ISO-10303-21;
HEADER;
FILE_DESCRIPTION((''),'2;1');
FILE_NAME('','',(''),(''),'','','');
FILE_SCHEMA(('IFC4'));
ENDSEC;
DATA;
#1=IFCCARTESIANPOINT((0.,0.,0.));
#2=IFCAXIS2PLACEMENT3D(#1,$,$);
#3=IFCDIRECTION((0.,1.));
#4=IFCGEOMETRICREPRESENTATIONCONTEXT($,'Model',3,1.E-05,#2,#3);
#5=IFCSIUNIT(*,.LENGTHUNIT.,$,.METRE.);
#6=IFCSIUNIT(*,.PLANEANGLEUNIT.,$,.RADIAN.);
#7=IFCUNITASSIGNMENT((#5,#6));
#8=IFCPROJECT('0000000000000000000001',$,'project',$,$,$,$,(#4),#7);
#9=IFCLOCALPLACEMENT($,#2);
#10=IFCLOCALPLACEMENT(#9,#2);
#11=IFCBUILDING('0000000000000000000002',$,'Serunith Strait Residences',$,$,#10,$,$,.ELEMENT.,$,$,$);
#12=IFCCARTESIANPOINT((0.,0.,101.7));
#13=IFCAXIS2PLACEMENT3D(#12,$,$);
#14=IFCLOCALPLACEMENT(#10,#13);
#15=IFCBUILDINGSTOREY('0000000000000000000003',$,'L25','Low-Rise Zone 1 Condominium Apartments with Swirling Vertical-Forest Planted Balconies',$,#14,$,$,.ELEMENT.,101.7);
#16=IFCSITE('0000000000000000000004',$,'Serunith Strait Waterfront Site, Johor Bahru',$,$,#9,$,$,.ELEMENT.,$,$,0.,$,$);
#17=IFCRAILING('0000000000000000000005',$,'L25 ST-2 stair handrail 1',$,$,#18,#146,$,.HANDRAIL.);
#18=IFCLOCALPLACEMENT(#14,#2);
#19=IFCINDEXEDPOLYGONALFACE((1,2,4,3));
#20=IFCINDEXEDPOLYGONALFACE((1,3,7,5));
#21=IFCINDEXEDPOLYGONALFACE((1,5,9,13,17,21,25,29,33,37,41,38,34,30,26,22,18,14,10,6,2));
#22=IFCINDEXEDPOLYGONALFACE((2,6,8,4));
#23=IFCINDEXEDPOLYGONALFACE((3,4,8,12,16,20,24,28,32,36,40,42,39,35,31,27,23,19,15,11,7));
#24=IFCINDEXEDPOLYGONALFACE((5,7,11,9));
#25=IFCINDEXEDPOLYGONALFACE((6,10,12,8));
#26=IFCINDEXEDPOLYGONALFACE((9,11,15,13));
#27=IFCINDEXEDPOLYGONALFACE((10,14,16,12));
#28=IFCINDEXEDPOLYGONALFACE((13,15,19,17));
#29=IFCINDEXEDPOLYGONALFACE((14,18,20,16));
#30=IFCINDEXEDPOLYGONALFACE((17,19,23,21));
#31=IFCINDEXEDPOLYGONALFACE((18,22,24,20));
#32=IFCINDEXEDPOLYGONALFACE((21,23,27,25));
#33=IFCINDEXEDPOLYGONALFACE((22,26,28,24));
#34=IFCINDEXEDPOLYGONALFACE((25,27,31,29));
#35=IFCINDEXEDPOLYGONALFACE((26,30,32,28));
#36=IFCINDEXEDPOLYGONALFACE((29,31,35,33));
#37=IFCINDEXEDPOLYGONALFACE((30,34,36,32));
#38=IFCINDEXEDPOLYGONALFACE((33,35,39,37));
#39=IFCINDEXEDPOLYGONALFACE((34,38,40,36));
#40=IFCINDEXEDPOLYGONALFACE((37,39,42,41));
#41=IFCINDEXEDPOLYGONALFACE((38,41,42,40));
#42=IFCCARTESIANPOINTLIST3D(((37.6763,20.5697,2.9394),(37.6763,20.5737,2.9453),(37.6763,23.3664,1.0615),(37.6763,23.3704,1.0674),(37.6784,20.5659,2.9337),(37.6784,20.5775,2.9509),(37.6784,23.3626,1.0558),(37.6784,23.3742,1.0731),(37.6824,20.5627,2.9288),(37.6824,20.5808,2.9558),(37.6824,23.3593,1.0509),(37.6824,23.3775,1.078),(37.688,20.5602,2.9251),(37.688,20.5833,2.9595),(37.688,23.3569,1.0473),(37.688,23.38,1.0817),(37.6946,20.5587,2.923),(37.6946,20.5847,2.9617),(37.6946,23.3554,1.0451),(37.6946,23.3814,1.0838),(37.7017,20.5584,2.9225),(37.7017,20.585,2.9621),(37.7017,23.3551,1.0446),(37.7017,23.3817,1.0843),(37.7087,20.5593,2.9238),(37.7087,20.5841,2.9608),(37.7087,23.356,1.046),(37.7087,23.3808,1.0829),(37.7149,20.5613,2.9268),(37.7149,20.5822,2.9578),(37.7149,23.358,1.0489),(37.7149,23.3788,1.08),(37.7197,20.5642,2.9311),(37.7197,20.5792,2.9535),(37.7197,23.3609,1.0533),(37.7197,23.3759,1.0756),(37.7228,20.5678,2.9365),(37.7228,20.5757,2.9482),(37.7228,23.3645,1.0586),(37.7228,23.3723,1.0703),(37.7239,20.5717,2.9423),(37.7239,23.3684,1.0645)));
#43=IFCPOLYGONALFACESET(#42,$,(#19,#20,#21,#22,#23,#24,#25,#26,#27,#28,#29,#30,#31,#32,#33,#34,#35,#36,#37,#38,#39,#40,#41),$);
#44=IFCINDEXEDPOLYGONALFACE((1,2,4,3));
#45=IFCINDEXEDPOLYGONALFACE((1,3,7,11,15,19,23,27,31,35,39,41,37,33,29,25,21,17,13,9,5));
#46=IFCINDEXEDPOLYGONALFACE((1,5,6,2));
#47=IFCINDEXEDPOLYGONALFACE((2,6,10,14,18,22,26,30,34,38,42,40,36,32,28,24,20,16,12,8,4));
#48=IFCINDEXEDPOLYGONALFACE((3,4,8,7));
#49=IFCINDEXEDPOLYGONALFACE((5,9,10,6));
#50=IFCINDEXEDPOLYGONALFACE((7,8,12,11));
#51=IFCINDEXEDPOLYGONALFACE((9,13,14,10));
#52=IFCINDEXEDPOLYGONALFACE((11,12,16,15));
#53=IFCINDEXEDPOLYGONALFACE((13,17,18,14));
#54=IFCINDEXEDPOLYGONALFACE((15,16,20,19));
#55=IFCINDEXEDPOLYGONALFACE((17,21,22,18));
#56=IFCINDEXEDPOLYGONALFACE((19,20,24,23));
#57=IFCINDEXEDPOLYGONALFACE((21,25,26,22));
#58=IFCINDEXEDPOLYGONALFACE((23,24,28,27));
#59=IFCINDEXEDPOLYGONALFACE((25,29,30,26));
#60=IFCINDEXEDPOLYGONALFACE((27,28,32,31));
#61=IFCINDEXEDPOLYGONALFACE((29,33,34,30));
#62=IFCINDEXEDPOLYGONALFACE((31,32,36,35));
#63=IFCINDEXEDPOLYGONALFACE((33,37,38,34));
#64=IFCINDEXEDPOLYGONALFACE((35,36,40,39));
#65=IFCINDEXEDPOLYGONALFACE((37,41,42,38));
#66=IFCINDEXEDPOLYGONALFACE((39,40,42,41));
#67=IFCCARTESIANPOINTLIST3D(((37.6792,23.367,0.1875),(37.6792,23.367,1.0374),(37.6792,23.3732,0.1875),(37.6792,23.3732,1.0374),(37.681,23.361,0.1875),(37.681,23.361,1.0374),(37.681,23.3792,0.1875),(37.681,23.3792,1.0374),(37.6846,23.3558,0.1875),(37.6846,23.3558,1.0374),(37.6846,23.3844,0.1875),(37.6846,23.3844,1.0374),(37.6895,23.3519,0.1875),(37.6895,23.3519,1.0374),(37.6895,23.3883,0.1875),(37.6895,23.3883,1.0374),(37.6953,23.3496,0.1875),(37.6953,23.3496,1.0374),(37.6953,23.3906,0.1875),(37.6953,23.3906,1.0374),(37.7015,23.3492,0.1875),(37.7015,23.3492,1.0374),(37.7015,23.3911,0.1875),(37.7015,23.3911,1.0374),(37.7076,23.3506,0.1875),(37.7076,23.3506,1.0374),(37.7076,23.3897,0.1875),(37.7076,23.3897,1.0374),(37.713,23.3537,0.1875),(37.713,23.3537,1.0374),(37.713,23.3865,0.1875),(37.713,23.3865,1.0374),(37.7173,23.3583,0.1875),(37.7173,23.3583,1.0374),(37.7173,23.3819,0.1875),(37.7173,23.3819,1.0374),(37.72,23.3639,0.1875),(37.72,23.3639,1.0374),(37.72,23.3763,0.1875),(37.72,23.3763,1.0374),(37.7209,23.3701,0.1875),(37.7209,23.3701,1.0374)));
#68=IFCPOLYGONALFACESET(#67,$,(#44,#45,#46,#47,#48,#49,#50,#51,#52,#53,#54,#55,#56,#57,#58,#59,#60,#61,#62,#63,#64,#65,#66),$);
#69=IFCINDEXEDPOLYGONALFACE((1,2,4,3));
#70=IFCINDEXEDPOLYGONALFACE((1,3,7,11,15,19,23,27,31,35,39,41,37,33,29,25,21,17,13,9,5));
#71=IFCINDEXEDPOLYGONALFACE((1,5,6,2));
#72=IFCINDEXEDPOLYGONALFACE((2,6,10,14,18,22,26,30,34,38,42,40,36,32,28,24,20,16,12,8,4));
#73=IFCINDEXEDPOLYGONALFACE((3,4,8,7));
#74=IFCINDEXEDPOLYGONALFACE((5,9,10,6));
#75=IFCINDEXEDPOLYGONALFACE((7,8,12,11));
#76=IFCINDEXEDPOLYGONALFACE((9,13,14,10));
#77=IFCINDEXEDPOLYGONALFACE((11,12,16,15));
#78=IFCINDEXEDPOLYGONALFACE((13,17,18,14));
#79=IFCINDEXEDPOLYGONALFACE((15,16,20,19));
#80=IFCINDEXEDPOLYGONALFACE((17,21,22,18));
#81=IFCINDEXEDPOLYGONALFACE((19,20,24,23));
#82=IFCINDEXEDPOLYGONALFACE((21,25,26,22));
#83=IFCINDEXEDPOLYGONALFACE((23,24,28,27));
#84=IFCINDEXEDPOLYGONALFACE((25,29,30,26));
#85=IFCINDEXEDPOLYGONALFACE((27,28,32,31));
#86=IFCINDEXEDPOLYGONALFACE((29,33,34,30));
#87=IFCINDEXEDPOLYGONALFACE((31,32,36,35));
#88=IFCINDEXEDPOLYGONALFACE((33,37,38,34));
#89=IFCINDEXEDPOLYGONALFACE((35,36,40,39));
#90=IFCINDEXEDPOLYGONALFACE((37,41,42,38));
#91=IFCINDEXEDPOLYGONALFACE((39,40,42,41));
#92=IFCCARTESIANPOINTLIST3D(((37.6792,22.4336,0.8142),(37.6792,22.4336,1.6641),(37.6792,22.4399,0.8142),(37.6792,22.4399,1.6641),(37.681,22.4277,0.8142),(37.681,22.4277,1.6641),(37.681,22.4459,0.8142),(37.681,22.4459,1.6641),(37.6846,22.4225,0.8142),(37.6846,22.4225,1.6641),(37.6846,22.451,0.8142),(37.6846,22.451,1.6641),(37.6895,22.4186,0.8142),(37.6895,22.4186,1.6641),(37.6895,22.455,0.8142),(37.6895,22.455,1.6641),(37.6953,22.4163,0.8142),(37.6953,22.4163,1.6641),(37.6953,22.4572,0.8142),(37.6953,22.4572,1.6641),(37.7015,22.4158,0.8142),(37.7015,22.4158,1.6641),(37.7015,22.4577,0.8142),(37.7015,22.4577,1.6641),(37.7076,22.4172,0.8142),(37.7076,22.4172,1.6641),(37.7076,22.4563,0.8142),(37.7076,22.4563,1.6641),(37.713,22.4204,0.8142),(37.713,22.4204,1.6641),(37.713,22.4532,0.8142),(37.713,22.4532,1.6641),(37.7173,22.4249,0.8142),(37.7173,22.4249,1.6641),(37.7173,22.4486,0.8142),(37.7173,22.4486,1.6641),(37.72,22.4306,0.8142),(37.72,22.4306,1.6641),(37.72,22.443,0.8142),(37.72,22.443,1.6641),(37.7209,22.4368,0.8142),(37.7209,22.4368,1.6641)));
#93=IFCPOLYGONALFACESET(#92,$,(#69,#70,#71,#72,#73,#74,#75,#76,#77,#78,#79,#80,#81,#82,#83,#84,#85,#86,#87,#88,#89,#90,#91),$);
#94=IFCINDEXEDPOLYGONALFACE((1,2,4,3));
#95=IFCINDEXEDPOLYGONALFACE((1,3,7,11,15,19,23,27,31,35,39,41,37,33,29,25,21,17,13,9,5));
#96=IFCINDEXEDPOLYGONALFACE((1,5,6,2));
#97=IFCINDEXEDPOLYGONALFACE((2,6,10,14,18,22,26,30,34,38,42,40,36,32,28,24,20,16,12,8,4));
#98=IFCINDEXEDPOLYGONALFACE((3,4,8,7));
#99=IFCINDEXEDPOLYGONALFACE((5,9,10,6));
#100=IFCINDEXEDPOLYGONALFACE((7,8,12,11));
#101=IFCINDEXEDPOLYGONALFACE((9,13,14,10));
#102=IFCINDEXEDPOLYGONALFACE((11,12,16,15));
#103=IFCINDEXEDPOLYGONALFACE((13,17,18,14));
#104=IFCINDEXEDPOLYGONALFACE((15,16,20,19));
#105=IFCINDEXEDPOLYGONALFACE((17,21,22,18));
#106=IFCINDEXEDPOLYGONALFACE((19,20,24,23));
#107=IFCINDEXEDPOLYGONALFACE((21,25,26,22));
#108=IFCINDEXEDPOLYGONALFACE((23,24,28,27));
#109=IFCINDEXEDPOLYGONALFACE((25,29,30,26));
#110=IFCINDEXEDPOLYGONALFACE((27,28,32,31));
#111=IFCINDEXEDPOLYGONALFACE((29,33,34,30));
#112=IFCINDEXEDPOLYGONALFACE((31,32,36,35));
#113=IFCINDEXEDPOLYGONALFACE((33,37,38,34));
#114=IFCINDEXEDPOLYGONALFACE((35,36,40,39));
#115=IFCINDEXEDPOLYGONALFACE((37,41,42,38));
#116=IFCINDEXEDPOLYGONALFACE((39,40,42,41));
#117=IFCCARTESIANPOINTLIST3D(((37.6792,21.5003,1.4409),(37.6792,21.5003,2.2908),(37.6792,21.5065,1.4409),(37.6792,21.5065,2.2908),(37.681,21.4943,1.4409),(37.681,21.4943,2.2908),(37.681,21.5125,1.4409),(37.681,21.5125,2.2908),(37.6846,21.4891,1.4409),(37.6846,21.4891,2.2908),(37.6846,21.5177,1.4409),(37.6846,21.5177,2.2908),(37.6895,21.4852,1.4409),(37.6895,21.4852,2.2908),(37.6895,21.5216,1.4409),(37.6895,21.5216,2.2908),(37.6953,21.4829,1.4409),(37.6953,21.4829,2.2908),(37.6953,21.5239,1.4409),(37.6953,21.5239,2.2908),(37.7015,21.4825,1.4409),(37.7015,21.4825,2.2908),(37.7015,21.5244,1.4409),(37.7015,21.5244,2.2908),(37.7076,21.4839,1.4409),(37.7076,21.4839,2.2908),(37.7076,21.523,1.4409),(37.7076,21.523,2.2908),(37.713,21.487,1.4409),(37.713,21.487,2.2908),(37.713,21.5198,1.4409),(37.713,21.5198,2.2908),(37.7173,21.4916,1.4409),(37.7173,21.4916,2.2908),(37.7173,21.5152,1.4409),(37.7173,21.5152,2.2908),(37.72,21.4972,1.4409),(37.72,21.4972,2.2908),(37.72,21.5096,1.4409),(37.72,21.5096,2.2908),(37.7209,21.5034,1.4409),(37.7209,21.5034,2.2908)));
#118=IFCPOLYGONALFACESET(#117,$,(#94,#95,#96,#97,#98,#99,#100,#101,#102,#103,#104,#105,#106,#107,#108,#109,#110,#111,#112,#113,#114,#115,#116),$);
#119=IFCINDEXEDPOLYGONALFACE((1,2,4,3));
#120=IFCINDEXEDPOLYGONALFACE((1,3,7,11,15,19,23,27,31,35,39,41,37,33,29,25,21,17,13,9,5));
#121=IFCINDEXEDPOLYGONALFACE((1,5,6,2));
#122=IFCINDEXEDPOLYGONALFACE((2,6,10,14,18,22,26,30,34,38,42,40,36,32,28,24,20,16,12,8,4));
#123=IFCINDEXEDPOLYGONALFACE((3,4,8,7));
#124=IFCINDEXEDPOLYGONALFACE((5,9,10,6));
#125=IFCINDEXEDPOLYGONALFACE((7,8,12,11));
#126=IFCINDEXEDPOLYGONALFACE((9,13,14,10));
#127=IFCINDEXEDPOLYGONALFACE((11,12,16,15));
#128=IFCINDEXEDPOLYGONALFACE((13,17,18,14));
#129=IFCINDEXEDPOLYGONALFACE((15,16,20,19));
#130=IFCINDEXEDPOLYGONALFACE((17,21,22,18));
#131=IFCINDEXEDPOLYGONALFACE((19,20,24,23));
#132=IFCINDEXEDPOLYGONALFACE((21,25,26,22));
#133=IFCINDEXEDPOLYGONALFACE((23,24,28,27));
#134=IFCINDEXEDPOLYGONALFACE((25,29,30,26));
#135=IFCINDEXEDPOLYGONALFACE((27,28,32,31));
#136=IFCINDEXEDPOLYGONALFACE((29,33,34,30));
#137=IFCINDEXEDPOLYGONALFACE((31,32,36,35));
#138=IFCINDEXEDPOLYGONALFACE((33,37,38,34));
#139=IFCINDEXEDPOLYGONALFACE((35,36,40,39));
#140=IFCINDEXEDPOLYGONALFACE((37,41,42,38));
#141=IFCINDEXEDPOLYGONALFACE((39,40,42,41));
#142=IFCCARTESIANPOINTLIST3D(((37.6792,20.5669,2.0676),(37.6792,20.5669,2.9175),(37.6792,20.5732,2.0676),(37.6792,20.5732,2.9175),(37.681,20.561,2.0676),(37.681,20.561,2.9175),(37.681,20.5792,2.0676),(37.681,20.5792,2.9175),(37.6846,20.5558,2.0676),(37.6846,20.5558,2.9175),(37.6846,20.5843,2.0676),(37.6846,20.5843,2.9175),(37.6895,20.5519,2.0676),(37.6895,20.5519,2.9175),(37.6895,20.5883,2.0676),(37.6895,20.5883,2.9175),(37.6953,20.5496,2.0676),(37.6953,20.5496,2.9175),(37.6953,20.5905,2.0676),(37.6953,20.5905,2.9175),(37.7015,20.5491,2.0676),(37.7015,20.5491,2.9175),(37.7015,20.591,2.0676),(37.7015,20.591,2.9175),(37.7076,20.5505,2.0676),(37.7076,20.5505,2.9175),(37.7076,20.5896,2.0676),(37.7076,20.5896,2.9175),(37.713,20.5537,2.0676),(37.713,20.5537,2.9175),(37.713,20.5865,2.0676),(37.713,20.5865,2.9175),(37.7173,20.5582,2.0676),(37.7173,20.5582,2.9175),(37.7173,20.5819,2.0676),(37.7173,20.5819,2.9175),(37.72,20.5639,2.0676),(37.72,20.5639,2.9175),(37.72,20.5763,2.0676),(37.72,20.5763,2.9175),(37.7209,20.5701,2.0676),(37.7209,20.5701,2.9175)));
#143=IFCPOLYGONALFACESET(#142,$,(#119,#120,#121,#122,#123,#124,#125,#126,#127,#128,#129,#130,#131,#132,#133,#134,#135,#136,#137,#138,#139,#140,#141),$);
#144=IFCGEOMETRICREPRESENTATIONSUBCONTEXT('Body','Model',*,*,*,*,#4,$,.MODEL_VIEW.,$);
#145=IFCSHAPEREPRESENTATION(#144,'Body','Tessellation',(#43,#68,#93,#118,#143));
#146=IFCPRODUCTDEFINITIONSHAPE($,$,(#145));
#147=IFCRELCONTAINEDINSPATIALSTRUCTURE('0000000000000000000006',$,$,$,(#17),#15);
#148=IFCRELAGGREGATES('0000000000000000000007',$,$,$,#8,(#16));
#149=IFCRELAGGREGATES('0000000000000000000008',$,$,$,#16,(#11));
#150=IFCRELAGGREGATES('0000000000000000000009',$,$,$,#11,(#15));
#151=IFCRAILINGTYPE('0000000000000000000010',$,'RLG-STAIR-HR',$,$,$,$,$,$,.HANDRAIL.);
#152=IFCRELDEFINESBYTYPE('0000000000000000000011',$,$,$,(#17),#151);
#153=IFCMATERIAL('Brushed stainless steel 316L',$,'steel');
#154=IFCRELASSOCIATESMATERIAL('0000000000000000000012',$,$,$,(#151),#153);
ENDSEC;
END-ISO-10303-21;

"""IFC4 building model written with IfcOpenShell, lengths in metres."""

from ifc_helpers import new_model, si_unit, direction, frame, origin, origin_2d, place, context, subcontext, project, spatial, circle, extrude, material, type_object, element, save


model = new_model("IFC4")

# Units and contexts
model_context = context("Model", 3, precision=1e-05, world=origin(), true_north=direction((0.0, 1.0)))
body_context = subcontext(model_context, "Body", "Model", "MODEL_VIEW")
ifc_project = project(units=[si_unit("LENGTHUNIT", "METRE"), si_unit("PLANEANGLEUNIT", "RADIAN")], contexts=[model_context])

# Site, building, storey
site_placement = place(None, origin())
site = spatial("IfcSite", under=ifc_project, at=site_placement, Name="Serunith Strait Waterfront Site, Johor Bahru", CompositionType="ELEMENT", RefElevation=0.0)
building_placement = place(site_placement, origin())
building = spatial("IfcBuilding", under=site, at=building_placement, Name="Serunith Strait Residences", CompositionType="ELEMENT")
storey_placement = place(building_placement, frame((0.0, 0.0, 101.7)))
storey = spatial("IfcBuildingStorey", under=building, at=storey_placement, Name="L25", Description="Low-Rise Zone 1 Condominium Apartments with Swirling Vertical-Forest Planted Balconies", CompositionType="ELEMENT", Elevation=101.7)

# Railing
ifc_material_1 = material(Name="Brushed stainless steel 316L", Category="steel")
railing_type_1 = type_object("IfcRailingType", Name="RLG-STAIR-HR", PredefinedType="HANDRAIL", material=ifc_material_1)
railing_1_placement = place(storey_placement, frame((37.7, 23.3701, 0.1875)))
element("IfcRailing", 1, at=railing_1_placement, inside=storey, type_object=railing_type_1, Name="L25 ST-2 stair handrail 1", PredefinedType="HANDRAIL", context=body_context, shape_type="SweptSolid", body=[
    extrude(circle(Radius=0.0239, at=origin_2d()), frame((0.0, -0.0017, 0.877), z_axis=(0.0, -0.830208, 0.557453), x_axis=(1.0, 0.0, 0.0)), (0.0, 0.0, 1.0), 3.3687),
    extrude(circle(Radius=0.021, at=origin_2d()), origin(), (0.0, 0.0, 1.0), 0.8499),
    extrude(circle(Radius=0.021, at=origin_2d()), frame((0.0, -0.9333, 0.6267)), (0.0, 0.0, 1.0), 0.8499),
    extrude(circle(Radius=0.021, at=origin_2d()), frame((0.0, -1.8667, 1.2534)), (0.0, 0.0, 1.0), 0.8499),
    extrude(circle(Radius=0.021, at=origin_2d()), frame((0.0, -2.8, 1.8801)), (0.0, 0.0, 1.0), 0.8499),
])

save(model, "model.ifc")
